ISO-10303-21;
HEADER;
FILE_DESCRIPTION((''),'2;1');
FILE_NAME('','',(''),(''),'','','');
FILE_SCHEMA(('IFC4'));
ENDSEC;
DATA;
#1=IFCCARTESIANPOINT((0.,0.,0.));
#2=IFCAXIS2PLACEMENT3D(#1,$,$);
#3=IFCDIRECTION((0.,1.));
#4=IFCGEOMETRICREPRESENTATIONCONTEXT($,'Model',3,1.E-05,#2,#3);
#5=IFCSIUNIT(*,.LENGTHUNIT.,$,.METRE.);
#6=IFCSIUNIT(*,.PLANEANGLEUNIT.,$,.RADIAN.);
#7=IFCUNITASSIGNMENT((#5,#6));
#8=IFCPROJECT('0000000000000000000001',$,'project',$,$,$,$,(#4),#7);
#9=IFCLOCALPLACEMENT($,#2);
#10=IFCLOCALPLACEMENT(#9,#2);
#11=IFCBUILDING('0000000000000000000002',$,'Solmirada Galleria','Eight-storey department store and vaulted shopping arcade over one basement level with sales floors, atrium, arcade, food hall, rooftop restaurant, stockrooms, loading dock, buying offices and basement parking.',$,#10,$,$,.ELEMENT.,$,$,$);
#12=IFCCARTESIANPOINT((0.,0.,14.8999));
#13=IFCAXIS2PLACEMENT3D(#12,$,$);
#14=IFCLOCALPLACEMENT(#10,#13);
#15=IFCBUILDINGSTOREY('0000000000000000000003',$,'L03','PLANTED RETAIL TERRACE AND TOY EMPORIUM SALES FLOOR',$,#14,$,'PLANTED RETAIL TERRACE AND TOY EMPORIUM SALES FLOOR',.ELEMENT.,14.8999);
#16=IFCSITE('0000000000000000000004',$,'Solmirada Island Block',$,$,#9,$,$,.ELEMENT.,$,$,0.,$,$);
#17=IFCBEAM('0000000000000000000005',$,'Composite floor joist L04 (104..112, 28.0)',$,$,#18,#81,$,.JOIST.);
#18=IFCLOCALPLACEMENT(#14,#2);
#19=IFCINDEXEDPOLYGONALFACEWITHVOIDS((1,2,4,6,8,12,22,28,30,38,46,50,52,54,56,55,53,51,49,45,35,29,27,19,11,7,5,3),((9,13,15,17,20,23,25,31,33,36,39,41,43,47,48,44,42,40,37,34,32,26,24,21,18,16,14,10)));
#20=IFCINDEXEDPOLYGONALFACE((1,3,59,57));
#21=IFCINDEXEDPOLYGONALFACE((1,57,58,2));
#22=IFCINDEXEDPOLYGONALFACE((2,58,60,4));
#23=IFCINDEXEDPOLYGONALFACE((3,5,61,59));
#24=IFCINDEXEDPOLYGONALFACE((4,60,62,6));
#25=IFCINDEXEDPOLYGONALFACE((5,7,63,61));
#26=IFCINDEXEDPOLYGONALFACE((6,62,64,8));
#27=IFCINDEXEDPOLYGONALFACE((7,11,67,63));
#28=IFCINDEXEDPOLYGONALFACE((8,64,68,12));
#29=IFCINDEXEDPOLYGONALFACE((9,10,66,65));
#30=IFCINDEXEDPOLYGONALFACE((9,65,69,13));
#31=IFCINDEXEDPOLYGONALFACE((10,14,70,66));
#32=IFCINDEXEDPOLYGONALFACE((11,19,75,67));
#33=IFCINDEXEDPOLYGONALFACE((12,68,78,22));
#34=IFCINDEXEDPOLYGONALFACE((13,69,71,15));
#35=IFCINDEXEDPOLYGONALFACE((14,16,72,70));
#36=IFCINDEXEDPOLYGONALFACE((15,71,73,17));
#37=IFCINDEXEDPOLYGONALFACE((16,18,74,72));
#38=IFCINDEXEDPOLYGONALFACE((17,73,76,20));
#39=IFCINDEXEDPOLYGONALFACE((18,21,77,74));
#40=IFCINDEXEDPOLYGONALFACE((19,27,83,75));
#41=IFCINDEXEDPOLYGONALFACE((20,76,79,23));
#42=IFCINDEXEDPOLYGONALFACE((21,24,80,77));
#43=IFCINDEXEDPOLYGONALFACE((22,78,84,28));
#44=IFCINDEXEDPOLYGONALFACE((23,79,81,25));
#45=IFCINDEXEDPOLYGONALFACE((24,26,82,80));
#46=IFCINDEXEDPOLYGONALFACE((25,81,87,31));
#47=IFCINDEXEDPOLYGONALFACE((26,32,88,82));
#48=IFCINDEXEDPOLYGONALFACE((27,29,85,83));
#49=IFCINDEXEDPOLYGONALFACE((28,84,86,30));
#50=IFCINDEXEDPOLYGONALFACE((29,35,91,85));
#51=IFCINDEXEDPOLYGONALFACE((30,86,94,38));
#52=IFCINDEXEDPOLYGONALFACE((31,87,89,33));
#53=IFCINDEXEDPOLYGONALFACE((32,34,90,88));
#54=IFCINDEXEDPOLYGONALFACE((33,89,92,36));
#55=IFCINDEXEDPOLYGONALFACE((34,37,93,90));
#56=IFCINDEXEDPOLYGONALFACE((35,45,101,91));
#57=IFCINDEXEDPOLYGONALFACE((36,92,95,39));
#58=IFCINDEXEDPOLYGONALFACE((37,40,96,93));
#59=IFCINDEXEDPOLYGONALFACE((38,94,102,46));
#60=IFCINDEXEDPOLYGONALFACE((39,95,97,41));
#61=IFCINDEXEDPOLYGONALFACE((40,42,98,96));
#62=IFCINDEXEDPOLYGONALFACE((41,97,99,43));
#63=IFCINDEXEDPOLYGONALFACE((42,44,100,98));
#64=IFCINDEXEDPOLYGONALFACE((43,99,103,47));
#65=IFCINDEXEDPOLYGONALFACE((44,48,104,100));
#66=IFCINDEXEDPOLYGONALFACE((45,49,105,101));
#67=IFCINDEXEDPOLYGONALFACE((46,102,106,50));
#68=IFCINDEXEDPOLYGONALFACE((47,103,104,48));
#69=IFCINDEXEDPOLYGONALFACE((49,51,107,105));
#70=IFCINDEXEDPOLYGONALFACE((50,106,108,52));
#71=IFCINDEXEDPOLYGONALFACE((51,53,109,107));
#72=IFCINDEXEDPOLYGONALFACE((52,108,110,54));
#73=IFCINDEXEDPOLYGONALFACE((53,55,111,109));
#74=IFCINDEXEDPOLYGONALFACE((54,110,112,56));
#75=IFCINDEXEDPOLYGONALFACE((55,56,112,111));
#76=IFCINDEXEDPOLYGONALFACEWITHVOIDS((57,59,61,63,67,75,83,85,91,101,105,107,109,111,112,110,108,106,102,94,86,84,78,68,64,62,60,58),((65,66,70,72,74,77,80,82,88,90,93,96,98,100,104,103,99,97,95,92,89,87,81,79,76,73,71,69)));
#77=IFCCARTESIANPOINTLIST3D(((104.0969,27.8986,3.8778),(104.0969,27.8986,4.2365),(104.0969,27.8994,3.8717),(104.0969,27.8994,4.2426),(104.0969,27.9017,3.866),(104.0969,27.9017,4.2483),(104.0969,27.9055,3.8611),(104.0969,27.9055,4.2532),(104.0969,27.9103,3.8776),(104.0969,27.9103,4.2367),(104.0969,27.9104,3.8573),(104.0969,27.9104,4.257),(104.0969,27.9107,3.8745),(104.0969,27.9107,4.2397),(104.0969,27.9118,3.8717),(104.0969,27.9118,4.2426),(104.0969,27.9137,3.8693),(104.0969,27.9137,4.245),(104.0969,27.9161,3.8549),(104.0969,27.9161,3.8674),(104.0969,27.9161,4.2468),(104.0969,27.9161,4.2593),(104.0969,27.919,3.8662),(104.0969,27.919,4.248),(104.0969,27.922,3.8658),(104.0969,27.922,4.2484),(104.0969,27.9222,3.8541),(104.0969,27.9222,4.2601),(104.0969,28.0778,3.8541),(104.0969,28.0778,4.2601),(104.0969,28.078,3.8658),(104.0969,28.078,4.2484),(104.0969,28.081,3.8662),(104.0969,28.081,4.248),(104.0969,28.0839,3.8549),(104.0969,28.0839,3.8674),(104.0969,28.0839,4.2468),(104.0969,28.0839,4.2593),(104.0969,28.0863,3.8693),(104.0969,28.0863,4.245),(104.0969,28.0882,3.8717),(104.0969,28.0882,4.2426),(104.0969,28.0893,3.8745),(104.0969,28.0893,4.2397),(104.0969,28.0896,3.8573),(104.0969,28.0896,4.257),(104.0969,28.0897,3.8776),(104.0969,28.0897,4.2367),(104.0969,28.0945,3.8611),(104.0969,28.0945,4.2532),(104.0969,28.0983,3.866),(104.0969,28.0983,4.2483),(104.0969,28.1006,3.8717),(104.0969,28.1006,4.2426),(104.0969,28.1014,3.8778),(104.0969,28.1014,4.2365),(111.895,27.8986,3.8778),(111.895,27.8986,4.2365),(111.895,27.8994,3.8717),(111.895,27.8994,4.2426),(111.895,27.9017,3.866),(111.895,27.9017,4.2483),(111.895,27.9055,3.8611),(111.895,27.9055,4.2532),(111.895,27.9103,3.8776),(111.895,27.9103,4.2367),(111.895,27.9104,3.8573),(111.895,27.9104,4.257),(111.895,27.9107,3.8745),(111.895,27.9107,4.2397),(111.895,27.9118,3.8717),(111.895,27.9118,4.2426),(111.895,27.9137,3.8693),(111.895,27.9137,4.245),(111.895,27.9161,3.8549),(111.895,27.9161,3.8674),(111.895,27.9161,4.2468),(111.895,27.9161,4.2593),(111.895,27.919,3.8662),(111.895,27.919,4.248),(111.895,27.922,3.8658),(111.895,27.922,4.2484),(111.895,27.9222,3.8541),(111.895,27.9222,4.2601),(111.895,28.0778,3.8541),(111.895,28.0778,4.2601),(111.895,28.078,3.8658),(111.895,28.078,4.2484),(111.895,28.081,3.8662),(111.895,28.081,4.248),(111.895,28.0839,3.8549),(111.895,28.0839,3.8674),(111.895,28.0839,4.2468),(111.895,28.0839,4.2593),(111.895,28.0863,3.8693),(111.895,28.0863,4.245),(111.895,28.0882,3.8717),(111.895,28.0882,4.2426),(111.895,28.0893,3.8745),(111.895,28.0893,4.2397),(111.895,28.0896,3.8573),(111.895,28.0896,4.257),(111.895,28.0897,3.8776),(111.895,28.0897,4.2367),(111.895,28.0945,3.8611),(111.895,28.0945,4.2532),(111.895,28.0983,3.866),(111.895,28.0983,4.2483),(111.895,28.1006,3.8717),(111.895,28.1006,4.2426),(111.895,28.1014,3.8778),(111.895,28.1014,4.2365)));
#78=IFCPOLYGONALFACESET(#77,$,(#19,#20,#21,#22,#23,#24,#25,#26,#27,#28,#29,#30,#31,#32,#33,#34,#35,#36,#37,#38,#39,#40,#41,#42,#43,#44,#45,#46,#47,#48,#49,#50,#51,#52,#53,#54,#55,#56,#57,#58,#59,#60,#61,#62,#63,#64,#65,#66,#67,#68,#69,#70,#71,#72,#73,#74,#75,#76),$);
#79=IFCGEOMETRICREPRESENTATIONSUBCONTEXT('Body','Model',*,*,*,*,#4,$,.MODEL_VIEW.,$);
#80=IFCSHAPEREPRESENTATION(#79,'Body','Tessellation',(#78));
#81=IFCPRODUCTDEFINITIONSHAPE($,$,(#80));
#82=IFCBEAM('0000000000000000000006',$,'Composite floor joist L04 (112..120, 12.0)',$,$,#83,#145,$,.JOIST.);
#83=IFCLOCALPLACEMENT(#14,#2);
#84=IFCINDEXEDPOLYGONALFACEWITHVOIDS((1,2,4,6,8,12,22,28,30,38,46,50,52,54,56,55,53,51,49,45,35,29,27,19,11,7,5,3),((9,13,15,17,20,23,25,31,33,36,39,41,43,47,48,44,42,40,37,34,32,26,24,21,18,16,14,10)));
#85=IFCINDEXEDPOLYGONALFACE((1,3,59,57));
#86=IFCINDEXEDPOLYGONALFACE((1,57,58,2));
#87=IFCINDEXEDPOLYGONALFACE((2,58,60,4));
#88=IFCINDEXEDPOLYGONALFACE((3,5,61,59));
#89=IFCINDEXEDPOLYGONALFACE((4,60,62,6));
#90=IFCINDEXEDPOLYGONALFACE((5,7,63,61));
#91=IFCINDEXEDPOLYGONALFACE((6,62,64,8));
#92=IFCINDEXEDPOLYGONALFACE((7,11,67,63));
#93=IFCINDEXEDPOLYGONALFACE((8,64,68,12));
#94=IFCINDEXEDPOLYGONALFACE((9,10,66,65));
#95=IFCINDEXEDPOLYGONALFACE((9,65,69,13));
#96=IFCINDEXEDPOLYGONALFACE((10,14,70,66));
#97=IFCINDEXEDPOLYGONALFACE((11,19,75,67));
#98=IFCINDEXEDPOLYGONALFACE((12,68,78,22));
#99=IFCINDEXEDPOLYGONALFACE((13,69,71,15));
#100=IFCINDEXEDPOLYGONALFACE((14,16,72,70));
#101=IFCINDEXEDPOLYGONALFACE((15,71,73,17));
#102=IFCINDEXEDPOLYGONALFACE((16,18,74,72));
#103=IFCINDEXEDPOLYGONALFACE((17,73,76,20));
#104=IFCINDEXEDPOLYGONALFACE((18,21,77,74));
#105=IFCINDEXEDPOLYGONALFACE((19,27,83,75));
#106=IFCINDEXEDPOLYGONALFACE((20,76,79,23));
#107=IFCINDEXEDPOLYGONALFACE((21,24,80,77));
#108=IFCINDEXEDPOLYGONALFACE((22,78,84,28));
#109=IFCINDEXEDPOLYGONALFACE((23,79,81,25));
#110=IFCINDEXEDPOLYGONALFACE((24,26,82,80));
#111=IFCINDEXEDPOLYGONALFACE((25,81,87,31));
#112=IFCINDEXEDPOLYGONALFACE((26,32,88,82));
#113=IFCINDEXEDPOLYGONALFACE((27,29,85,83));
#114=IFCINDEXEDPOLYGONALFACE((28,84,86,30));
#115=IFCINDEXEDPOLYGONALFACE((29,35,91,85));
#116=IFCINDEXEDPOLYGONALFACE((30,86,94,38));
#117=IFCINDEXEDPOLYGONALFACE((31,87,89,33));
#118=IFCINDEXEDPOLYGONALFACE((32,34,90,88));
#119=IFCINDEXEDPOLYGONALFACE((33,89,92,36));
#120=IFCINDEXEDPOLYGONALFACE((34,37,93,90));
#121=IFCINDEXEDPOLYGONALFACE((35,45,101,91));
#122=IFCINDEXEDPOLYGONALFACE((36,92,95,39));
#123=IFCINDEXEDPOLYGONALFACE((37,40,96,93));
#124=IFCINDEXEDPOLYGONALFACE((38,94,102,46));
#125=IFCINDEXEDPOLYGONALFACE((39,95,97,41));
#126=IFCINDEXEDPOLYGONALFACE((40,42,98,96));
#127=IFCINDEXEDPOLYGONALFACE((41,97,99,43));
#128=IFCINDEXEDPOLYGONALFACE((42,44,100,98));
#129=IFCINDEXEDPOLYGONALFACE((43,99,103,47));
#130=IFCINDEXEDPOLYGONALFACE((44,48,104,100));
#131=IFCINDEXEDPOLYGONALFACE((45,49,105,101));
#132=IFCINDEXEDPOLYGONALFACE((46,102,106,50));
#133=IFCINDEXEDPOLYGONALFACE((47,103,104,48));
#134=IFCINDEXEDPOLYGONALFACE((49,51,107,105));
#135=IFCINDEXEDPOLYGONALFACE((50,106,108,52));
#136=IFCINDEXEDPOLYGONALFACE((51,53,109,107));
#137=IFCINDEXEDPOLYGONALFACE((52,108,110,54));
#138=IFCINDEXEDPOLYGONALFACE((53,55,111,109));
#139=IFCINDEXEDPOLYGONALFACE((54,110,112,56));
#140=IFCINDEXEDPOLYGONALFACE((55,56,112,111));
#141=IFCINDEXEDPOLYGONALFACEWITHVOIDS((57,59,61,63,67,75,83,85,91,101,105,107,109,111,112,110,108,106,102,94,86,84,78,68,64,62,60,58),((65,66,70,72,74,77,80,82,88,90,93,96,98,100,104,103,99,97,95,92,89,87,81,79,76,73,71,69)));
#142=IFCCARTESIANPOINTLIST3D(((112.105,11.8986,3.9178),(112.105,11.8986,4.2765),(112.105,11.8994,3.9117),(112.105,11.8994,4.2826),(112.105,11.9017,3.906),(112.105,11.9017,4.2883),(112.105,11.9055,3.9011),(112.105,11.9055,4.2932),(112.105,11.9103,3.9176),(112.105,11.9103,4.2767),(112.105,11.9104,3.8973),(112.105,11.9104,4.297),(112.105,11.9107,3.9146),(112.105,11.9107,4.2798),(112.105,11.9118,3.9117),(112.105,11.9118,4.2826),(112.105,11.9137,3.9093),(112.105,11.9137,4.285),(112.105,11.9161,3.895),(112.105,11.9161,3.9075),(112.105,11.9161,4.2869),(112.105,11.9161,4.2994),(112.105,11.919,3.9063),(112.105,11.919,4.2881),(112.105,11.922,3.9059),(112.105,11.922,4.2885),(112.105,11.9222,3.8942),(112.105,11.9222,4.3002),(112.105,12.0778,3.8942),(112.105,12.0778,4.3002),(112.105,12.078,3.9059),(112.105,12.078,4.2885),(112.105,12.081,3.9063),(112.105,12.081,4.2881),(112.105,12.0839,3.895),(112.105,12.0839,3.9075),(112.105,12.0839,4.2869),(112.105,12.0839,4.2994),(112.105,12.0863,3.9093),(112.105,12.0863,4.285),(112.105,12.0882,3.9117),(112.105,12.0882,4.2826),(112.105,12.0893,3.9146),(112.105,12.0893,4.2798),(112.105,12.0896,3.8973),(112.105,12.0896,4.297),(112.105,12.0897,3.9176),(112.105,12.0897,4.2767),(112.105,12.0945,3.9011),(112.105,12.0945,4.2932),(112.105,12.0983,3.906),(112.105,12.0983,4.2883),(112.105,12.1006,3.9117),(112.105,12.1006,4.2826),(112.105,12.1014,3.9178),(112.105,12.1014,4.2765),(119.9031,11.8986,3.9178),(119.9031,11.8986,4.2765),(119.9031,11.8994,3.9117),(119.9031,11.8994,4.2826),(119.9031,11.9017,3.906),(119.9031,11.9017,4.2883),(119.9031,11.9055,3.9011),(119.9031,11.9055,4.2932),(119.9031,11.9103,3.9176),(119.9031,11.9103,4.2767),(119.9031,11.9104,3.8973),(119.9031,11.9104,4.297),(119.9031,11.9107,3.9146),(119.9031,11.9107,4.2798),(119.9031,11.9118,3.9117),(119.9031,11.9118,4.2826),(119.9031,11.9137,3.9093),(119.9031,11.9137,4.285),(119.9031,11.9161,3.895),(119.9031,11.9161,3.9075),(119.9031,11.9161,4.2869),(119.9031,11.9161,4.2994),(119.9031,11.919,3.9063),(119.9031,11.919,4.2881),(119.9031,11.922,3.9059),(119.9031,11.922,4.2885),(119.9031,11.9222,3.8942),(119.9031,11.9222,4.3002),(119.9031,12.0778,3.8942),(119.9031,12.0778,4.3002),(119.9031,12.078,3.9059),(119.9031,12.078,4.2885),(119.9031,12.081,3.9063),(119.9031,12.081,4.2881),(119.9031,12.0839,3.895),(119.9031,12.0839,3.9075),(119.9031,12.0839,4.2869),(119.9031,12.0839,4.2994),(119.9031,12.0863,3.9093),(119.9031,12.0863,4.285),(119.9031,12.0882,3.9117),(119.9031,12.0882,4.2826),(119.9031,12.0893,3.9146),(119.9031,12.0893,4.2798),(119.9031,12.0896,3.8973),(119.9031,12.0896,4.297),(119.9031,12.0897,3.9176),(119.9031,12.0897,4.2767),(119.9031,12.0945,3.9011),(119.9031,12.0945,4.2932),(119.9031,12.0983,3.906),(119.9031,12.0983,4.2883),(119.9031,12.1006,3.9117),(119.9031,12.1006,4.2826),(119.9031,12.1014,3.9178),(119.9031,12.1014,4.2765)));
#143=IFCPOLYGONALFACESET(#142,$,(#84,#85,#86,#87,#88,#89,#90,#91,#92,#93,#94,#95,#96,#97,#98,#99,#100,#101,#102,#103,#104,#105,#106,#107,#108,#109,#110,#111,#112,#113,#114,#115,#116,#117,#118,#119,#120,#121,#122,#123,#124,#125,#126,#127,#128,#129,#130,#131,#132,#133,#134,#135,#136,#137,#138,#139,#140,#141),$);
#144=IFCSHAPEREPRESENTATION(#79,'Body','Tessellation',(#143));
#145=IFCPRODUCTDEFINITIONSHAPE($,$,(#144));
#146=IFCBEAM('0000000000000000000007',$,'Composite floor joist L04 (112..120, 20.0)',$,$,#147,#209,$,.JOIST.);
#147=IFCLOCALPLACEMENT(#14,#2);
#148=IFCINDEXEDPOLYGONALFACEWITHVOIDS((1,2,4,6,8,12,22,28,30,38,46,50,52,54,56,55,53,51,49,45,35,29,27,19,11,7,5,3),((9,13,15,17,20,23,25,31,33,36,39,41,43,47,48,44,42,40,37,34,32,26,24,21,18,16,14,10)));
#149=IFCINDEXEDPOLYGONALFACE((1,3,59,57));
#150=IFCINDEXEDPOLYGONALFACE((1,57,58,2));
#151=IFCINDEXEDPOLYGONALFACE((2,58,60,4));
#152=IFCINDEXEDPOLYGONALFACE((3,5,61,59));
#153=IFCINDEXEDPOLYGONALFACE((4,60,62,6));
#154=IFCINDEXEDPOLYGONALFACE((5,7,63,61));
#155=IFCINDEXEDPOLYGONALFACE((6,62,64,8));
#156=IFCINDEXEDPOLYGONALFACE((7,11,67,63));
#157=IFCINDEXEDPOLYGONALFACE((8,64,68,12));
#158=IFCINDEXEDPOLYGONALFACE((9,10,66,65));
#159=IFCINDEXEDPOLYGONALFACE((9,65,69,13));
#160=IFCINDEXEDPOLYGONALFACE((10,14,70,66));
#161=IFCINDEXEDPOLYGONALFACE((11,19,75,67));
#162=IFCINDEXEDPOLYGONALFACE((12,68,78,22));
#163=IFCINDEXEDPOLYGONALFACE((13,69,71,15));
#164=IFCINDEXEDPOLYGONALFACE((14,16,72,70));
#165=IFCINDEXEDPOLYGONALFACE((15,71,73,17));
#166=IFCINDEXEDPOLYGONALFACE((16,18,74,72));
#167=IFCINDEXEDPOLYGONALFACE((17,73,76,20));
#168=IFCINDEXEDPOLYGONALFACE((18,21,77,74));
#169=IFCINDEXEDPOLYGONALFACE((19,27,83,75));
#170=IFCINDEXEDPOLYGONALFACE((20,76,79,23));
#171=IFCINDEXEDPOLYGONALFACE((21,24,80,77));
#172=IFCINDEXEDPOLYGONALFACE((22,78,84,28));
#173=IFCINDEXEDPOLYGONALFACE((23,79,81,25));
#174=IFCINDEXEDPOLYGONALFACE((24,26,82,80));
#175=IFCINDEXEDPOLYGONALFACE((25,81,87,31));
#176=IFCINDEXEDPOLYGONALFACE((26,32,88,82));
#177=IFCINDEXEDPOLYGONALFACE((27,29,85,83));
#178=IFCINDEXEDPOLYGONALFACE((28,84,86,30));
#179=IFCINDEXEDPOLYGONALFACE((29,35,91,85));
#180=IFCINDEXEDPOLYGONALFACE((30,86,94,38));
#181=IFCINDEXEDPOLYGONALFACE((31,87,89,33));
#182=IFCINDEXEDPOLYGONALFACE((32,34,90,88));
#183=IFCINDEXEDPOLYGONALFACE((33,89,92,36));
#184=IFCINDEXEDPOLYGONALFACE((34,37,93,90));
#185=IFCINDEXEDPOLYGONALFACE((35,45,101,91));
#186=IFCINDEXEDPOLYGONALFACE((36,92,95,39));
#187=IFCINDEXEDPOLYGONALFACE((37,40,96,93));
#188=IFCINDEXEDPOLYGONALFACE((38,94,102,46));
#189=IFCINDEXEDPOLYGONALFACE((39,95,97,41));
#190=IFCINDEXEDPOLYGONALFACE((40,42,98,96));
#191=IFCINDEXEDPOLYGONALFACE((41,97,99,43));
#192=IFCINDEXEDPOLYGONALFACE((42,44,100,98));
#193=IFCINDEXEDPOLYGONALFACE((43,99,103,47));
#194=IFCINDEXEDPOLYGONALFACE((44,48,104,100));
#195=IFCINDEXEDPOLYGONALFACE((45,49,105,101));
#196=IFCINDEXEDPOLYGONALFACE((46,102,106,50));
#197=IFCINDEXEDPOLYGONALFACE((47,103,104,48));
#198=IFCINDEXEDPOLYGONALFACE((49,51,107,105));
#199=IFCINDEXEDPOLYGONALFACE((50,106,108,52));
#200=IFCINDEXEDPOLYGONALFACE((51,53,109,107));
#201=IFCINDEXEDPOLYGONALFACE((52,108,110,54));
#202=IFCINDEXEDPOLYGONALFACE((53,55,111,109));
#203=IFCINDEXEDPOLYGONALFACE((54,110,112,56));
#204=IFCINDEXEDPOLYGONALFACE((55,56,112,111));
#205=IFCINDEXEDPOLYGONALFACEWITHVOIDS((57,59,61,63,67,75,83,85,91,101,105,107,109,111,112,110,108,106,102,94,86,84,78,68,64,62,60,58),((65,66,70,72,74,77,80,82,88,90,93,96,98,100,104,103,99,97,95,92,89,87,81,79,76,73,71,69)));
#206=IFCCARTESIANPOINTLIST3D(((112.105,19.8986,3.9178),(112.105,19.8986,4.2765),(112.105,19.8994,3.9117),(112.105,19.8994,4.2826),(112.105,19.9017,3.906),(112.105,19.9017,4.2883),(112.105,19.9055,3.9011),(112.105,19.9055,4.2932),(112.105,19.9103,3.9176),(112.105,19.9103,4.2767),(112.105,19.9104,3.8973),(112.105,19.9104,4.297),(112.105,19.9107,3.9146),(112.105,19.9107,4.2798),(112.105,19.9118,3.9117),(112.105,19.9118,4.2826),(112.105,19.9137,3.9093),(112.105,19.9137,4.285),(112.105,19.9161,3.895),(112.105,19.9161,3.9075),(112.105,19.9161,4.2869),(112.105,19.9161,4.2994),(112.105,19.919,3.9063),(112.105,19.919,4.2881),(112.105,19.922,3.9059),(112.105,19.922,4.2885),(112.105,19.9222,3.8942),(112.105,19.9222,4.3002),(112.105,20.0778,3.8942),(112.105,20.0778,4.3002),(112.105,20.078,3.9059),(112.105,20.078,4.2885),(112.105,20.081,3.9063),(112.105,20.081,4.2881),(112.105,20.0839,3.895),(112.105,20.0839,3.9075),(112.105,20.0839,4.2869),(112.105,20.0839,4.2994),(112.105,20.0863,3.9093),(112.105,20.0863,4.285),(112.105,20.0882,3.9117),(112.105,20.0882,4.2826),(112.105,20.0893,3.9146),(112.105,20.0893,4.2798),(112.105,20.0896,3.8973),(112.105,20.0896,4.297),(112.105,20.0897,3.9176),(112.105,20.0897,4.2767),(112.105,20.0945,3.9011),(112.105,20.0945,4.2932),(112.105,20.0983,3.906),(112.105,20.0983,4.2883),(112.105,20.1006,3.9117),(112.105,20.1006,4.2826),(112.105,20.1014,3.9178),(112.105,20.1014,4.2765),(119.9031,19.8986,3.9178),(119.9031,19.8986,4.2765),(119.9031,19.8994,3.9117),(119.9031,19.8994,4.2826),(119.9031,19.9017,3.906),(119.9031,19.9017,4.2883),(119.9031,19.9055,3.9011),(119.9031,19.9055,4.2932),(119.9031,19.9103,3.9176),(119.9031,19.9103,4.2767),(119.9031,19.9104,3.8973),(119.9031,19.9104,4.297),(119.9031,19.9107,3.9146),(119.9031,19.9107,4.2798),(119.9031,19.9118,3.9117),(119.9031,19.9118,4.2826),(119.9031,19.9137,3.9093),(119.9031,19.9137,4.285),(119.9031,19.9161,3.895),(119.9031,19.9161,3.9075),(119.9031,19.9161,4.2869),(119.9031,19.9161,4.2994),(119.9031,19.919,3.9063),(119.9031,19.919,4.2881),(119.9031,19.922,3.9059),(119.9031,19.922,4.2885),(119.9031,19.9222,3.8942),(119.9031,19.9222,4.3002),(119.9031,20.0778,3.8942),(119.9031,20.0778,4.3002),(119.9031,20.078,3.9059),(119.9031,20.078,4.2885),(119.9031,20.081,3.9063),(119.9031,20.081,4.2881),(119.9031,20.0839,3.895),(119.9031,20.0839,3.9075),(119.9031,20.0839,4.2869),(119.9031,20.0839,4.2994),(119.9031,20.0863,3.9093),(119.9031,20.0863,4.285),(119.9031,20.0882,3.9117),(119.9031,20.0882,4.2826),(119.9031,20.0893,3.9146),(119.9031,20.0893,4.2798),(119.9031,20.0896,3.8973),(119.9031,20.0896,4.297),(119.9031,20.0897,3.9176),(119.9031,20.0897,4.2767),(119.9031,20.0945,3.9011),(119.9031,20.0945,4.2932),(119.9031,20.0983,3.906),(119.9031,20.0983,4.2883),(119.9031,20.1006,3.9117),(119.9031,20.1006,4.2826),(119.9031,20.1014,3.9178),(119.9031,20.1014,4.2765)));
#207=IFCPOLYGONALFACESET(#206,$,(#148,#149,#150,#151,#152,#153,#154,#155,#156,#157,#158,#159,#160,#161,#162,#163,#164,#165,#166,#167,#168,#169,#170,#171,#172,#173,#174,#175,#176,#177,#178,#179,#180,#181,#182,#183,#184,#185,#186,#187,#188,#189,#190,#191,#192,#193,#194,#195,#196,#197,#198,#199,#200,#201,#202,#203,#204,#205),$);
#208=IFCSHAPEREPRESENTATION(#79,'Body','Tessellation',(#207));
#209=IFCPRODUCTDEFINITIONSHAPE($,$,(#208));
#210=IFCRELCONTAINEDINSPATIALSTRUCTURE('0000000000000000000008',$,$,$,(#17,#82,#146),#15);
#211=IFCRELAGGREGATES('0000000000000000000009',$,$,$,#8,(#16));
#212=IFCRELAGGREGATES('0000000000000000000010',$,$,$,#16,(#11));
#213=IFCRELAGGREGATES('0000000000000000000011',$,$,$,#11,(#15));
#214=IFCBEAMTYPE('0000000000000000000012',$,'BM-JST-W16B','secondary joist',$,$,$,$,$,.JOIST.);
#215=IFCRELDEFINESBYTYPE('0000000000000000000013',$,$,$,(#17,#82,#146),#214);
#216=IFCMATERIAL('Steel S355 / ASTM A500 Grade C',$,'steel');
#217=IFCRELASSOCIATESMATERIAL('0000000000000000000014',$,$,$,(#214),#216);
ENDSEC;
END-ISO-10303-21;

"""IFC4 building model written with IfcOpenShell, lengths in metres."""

from ifc_helpers import new_model, si_unit, direction, frame, origin, origin_2d, place, context, subcontext, project, spatial, hollow_rectangle, extrude, material, material_profile, profile_set, type_object, element, save


model = new_model("IFC4")

# Units and contexts
model_context = context("Model", 3, precision=1e-05, world=origin(), true_north=direction((0.0, 1.0)))
body_context = subcontext(model_context, "Body", "Model", "MODEL_VIEW")
ifc_project = project(units=[si_unit("LENGTHUNIT", "METRE"), si_unit("PLANEANGLEUNIT", "RADIAN")], contexts=[model_context])

# Site, building, storey
site_placement = place(None, origin())
site = spatial("IfcSite", under=ifc_project, at=site_placement, Name="Solmirada Island Block", CompositionType="ELEMENT", RefElevation=0.0)
building_placement = place(site_placement, origin())
building = spatial("IfcBuilding", under=site, at=building_placement, Name="Solmirada Galleria", Description="Eight-storey department store and vaulted shopping arcade over one basement level with sales floors, atrium, arcade, food hall, rooftop restaurant, stockrooms, loading dock, buying offices and basement parking.", CompositionType="ELEMENT")
storey_placement = place(building_placement, frame((0.0, 0.0, 14.8999)))
storey = spatial("IfcBuildingStorey", under=building, at=storey_placement, Name="L03", Description="PLANTED RETAIL TERRACE AND TOY EMPORIUM SALES FLOOR", LongName="PLANTED RETAIL TERRACE AND TOY EMPORIUM SALES FLOOR", CompositionType="ELEMENT", Elevation=14.8999)

# Beams
ifc_material_1 = material(Name="Steel S355 / ASTM A500 Grade C", Category="steel")
ifc_material_profile_1 = material_profile(ifc_material_1, hollow_rectangle(XDim=0.2029, YDim=0.406, WallThickness=0.0117, InnerFilletRadius=0.0117, OuterFilletRadius=0.0237, at=origin_2d()), Name="HSS16X8X1/2")
ifc_profile_set_1 = profile_set([ifc_material_profile_1], Name="Steel S355 / ASTM A500 Grade C")
beam_type_1 = type_object("IfcBeamType", Name="BM-JST-W16B", Description="secondary joist", PredefinedType="JOIST", material=ifc_profile_set_1)
for number, where, z_axis, x_axis, name in (
    (1, (104.0969, 28.0, 4.0571), (1.0, 0.0, 0.0), (0.0, 1.0, 0.0), "Composite floor joist L04 (104..112, 28.0)"),
    (2, (112.105, 12.0, 4.0972), (1.0, 0.0, 0.0), (0.0, 1.0, 0.0), "Composite floor joist L04 (112..120, 12.0)"),
    (3, (112.105, 20.0, 4.0972), (1.0, 0.0, 0.0), (0.0, 1.0, 0.0), "Composite floor joist L04 (112..120, 20.0)"),
):
    element("IfcBeam", number, at=place(storey_placement, frame(where, z_axis=z_axis, x_axis=x_axis)), inside=storey, type_object=beam_type_1, Name=name, PredefinedType="JOIST", context=body_context, shape_type="SweptSolid", body=[
        extrude(hollow_rectangle(XDim=0.2029, YDim=0.406, WallThickness=0.0117, InnerFilletRadius=0.0117, OuterFilletRadius=0.0237, at=origin_2d()), origin(), (0.0, 0.0, 1.0), 7.7981),
    ])

save(model, "model.ifc")
